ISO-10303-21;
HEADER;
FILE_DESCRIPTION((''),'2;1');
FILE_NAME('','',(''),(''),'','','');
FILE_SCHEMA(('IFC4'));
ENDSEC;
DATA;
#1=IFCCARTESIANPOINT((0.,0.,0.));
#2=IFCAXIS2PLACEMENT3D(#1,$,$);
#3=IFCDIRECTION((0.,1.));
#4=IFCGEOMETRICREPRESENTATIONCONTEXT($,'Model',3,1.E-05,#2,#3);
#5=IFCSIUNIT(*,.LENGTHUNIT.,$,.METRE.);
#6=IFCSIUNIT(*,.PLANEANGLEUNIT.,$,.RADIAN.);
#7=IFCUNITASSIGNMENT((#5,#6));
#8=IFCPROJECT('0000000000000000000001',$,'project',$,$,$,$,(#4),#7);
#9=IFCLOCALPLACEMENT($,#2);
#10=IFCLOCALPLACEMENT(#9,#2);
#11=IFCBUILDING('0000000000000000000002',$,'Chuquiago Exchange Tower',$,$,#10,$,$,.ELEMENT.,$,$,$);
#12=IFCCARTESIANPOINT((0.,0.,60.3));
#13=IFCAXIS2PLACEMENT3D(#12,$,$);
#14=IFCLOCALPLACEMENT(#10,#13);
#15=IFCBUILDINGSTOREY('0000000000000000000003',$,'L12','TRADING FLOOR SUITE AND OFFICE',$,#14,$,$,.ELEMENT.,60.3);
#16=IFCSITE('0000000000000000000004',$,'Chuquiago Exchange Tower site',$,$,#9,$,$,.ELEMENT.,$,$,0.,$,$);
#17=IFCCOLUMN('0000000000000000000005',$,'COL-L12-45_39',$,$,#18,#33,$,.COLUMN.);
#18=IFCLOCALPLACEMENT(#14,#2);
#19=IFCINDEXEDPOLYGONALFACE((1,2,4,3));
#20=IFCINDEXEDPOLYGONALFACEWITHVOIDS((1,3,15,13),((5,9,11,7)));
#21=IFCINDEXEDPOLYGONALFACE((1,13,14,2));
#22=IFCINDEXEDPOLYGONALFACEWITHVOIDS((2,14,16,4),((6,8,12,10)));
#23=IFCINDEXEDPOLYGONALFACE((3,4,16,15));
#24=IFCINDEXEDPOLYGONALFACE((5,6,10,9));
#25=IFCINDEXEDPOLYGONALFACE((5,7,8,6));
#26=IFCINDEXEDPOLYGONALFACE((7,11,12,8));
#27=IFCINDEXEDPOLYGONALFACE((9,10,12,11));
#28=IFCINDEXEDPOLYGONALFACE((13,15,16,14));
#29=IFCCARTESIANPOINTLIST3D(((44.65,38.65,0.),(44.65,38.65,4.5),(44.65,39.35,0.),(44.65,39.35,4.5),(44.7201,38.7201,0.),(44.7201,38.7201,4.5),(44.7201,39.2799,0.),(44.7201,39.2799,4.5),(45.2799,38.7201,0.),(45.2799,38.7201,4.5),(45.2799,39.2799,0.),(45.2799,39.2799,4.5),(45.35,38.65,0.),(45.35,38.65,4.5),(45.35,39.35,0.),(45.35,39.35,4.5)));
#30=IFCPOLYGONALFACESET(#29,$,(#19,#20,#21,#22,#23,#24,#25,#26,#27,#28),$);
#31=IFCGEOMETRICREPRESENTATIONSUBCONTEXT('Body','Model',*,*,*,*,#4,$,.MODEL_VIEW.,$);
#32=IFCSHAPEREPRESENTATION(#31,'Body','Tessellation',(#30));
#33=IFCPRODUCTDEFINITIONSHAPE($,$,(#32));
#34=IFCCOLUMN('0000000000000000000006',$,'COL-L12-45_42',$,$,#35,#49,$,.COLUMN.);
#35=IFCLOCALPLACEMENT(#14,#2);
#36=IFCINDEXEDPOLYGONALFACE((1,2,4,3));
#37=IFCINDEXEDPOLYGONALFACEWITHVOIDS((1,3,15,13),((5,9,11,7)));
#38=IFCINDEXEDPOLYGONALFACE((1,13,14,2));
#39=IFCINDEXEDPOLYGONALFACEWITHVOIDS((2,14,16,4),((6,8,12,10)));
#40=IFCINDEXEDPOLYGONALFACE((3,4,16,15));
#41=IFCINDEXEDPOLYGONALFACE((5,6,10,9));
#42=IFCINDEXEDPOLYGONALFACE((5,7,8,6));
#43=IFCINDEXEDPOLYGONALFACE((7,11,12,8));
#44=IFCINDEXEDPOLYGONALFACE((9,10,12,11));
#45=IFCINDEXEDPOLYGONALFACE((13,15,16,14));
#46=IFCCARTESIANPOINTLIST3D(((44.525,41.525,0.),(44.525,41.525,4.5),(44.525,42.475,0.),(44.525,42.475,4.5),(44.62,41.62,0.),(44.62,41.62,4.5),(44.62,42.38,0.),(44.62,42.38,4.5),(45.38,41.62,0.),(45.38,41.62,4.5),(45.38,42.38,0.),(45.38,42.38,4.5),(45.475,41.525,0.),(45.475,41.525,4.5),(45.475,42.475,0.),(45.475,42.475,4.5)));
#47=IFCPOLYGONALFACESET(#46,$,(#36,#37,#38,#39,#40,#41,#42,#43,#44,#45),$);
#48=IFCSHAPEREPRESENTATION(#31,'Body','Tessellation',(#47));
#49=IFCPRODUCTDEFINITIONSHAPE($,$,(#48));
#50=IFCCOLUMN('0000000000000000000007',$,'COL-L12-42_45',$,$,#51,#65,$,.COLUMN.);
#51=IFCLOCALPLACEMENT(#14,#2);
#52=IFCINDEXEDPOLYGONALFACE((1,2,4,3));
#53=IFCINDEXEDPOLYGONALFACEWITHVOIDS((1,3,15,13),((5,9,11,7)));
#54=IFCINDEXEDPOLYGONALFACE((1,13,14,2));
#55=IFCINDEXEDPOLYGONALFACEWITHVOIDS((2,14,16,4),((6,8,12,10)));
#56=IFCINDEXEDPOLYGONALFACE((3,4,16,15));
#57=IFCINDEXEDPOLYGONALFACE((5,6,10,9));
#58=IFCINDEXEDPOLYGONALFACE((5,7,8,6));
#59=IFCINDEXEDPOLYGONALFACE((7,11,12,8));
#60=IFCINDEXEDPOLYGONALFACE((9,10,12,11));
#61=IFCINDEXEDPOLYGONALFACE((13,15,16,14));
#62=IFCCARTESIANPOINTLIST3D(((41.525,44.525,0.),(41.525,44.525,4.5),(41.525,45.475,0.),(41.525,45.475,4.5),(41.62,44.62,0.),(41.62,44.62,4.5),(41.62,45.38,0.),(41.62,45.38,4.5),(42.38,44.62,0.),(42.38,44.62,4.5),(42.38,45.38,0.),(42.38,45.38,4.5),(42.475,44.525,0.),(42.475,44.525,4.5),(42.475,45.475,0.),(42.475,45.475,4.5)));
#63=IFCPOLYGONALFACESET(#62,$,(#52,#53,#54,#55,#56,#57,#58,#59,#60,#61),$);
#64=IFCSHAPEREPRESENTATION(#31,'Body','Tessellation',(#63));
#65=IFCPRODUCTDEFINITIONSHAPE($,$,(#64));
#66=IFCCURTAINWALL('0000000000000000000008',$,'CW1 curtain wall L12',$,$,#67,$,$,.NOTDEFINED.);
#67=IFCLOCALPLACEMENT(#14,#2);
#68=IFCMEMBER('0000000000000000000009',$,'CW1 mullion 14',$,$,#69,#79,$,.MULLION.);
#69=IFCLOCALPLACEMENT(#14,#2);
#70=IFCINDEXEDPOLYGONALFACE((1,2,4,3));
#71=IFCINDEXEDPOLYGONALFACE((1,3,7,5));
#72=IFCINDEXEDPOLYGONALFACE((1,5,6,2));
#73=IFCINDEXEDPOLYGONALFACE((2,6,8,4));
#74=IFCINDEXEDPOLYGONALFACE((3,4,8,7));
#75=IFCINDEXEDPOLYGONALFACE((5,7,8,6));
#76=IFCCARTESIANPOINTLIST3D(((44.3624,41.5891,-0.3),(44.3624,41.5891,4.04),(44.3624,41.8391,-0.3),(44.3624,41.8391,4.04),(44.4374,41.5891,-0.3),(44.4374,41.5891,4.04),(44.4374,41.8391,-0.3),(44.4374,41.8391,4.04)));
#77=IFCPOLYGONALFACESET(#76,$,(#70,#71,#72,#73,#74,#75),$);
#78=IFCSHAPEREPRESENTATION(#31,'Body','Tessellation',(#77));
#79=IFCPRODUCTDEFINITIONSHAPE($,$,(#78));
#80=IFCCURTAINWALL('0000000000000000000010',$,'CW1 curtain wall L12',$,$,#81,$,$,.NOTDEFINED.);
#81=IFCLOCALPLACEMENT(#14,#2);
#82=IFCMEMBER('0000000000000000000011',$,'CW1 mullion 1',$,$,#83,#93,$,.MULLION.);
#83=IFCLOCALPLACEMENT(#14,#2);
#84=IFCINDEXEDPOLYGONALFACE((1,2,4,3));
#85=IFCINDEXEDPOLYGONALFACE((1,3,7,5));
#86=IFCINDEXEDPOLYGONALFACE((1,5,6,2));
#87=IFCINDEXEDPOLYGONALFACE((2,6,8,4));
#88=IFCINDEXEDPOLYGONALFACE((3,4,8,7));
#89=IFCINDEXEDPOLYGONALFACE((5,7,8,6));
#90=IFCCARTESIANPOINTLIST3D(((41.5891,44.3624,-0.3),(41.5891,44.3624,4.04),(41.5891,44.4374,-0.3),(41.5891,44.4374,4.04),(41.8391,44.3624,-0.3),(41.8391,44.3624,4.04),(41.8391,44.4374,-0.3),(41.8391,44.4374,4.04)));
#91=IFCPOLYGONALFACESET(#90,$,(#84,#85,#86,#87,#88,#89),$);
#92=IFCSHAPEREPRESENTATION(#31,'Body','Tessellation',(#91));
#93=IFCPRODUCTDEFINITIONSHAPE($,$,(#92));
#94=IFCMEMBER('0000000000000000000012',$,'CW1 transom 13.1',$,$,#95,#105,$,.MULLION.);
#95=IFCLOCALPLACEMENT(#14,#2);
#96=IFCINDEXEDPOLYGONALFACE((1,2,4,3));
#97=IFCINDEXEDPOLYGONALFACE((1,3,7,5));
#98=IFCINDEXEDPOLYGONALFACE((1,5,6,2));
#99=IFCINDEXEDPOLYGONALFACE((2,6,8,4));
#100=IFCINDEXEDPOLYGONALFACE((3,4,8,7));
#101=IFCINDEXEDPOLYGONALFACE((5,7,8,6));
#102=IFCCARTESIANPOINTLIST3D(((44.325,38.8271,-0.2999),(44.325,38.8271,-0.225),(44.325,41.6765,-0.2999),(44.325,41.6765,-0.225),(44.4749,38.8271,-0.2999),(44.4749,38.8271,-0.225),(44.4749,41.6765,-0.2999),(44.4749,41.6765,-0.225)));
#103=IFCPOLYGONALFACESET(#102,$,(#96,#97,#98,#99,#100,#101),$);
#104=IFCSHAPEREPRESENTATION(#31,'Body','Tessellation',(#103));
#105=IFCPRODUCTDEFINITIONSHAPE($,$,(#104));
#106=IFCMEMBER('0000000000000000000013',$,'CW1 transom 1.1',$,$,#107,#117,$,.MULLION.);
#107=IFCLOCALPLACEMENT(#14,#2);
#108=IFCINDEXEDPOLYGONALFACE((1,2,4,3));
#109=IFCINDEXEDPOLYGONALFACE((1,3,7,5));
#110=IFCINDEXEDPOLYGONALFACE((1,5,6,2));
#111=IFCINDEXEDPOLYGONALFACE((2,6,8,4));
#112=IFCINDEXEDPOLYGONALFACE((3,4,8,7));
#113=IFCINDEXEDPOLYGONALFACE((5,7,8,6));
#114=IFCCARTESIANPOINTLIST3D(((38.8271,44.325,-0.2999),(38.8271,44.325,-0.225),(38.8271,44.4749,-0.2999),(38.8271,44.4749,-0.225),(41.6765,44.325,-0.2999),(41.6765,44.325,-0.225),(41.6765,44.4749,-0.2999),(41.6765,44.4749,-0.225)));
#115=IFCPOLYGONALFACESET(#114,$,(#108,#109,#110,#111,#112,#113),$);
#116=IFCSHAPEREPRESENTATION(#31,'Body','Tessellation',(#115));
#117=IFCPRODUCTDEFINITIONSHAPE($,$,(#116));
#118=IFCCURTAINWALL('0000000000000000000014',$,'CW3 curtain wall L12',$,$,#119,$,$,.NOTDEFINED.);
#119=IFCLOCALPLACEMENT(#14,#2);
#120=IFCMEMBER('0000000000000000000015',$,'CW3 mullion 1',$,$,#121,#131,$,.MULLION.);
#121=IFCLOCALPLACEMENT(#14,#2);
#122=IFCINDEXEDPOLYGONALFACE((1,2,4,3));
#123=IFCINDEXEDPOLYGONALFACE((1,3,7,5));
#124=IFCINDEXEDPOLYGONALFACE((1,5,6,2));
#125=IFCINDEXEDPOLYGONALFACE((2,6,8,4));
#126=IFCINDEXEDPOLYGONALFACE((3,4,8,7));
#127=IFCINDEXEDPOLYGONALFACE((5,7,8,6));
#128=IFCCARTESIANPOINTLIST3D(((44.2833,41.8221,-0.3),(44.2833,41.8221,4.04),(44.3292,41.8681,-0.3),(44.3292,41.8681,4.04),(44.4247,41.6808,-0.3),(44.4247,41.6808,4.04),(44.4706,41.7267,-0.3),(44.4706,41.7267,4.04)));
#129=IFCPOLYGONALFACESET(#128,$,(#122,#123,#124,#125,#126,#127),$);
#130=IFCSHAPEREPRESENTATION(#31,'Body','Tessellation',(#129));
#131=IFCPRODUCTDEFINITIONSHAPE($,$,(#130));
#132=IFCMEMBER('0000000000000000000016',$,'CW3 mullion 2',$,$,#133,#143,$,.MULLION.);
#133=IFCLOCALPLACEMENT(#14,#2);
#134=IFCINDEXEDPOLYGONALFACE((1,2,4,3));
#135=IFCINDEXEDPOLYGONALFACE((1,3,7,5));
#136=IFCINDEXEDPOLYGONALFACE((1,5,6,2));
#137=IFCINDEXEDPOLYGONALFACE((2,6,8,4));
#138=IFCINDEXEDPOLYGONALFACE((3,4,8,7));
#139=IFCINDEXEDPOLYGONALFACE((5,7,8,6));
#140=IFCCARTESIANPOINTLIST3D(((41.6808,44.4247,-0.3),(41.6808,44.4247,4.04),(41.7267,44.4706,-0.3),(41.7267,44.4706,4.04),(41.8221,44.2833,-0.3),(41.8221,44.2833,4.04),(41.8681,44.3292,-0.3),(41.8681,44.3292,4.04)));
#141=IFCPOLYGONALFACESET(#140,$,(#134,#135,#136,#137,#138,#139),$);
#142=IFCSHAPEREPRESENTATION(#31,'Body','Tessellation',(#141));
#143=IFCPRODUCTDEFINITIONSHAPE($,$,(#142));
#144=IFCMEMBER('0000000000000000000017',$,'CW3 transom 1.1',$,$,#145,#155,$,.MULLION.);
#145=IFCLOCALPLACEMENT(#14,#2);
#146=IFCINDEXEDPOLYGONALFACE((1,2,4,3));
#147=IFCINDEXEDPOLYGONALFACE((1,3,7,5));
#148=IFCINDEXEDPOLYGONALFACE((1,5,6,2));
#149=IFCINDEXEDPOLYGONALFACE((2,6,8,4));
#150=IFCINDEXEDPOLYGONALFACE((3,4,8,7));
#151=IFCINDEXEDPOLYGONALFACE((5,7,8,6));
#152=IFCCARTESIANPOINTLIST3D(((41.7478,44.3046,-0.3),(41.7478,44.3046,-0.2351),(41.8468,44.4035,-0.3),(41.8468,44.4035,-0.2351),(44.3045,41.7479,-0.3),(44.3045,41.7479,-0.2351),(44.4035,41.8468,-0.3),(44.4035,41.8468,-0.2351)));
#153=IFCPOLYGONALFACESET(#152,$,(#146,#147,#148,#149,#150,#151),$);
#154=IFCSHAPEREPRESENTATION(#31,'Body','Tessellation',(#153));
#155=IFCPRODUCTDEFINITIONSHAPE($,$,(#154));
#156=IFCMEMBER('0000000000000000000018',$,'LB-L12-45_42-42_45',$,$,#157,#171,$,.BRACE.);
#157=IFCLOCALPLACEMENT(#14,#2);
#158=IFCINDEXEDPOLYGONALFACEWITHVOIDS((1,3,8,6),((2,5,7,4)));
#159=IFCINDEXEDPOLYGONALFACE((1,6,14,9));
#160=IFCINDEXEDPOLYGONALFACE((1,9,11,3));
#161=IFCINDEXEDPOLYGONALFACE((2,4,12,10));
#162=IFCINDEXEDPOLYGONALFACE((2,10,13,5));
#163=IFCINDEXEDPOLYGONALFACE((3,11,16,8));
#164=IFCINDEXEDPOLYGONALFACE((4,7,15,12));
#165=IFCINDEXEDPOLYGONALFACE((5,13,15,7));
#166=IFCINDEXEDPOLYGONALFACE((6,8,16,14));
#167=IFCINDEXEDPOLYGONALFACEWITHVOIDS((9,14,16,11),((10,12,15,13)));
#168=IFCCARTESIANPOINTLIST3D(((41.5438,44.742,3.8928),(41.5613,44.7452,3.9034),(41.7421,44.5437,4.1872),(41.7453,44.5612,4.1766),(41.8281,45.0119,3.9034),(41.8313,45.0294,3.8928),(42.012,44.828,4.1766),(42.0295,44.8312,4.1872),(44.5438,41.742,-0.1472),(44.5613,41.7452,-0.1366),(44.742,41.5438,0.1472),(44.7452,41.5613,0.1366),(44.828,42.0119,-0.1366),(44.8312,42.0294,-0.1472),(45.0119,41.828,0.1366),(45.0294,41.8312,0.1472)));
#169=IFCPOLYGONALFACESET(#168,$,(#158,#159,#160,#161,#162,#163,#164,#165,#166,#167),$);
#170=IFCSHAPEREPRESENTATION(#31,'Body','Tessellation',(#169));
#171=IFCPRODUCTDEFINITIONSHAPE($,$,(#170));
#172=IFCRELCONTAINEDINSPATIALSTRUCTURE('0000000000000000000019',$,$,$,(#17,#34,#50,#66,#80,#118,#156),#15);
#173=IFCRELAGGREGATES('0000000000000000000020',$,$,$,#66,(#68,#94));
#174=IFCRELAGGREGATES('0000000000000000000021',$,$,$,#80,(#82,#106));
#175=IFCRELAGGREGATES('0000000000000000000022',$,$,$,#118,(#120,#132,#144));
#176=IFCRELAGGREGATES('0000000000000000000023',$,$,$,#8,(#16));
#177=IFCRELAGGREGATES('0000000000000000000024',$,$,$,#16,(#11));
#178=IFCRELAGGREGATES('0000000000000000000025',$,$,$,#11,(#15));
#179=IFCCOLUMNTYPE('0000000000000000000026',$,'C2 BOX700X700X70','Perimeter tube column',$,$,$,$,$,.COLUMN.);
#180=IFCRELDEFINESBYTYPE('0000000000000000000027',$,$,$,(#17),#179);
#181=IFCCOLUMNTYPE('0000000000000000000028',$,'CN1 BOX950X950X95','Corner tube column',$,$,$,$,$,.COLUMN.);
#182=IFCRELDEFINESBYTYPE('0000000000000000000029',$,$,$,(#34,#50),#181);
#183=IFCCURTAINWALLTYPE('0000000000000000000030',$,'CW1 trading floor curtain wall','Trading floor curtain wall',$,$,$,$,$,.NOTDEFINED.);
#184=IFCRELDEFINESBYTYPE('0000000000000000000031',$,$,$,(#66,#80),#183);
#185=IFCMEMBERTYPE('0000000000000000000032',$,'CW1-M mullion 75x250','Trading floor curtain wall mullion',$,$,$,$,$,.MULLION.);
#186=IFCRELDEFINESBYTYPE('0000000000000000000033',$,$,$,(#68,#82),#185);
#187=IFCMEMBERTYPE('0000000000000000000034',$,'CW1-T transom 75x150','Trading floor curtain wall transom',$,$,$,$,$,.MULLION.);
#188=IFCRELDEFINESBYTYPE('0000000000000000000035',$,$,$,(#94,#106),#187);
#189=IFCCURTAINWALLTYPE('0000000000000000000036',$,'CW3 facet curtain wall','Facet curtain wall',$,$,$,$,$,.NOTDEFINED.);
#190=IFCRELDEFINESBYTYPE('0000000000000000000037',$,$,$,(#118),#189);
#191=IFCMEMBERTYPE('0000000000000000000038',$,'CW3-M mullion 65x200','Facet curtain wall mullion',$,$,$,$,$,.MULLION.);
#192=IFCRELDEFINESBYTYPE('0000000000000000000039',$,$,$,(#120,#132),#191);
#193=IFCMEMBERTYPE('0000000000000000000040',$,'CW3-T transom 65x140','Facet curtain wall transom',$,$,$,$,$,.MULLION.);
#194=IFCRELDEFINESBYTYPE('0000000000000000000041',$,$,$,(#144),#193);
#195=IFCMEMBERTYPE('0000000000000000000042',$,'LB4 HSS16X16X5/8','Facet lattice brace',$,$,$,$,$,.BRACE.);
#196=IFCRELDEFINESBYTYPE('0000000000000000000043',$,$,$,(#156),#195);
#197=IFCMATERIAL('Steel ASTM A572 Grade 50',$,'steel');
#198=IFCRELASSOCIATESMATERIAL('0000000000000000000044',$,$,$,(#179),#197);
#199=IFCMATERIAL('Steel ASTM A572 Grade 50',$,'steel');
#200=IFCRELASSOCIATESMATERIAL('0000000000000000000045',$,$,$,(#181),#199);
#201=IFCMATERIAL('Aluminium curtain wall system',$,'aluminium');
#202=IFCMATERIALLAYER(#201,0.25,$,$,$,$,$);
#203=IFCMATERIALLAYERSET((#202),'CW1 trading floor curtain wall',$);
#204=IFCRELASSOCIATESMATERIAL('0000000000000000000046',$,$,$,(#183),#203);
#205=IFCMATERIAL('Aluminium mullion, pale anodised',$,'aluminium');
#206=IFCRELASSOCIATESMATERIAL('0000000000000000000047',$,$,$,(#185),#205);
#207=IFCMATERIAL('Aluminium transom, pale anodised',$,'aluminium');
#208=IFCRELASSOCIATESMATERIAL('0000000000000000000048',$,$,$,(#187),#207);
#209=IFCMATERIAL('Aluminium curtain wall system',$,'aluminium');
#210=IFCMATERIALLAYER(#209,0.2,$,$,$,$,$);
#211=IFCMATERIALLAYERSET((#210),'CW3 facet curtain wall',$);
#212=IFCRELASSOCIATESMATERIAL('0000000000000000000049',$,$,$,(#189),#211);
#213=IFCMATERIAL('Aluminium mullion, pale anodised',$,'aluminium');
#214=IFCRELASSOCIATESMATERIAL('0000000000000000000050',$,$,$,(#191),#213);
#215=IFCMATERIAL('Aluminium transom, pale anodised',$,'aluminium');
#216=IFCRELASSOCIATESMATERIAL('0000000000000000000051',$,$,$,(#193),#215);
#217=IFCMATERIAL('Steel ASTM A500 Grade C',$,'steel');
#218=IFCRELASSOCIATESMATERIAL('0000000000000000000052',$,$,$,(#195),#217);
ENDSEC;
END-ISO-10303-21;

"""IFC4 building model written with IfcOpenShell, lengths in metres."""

from ifc_helpers import new_model, si_unit, direction, frame, origin, origin_2d, place, context, subcontext, project, spatial, rectangle, hollow_rectangle, extrude, material, layer, layer_set, material_profile, profile_set, type_object, element, aggregate, save


model = new_model("IFC4")

# Units and contexts
model_context = context("Model", 3, precision=1e-05, world=origin(), true_north=direction((0.0, 1.0)))
body_context = subcontext(model_context, "Body", "Model", "MODEL_VIEW")
ifc_project = project(units=[si_unit("LENGTHUNIT", "METRE"), si_unit("PLANEANGLEUNIT", "RADIAN")], contexts=[model_context])

# Site, building, storey
site_placement = place(None, origin())
site = spatial("IfcSite", under=ifc_project, at=site_placement, Name="Chuquiago Exchange Tower site", CompositionType="ELEMENT", RefElevation=0.0)
building_placement = place(site_placement, origin())
building = spatial("IfcBuilding", under=site, at=building_placement, Name="Chuquiago Exchange Tower", CompositionType="ELEMENT")
storey_placement = place(building_placement, frame((0.0, 0.0, 60.3)))
storey = spatial("IfcBuildingStorey", under=building, at=storey_placement, Name="L12", Description="TRADING FLOOR SUITE AND OFFICE", CompositionType="ELEMENT", Elevation=60.3)

# Columns
ifc_material_1 = material(Name="Steel ASTM A572 Grade 50", Category="steel")
ifc_material_profile_1 = material_profile(ifc_material_1, hollow_rectangle(XDim=0.7, YDim=0.7, WallThickness=0.0701, at=origin_2d()), Name="BOX700X700X70")
ifc_profile_set_1 = profile_set([ifc_material_profile_1], Name="Steel ASTM A572 Grade 50")
column_type_1 = type_object("IfcColumnType", Name="C2 BOX700X700X70", Description="Perimeter tube column", PredefinedType="COLUMN", material=ifc_profile_set_1)
column_placement = place(storey_placement, frame((45.0, 39.0, 0.0), z_axis=(0.0, 0.0, 1.0), x_axis=(1.0, 0.0, 0.0)))
element("IfcColumn", 1, at=column_placement, inside=storey, type_object=column_type_1, Name="COL-L12-45_39", PredefinedType="COLUMN", context=body_context, shape_type="SweptSolid", body=[
    extrude(hollow_rectangle(XDim=0.7, YDim=0.7, WallThickness=0.0701, at=origin_2d()), origin(), (0.0, 0.0, 1.0), 4.5),
])
ifc_material_2 = material(Name="Steel ASTM A572 Grade 50", Category="steel")
ifc_material_profile_2 = material_profile(ifc_material_2, hollow_rectangle(XDim=0.95, YDim=0.95, WallThickness=0.095, at=origin_2d()), Name="BOX950X950X95")
ifc_profile_set_2 = profile_set([ifc_material_profile_2], Name="Steel ASTM A572 Grade 50")
column_type_2 = type_object("IfcColumnType", Name="CN1 BOX950X950X95", Description="Corner tube column", PredefinedType="COLUMN", material=ifc_profile_set_2)
for number, where, z_axis, x_axis, name in (
    (2, (45.0, 42.0, 0.0), (0.0, 0.0, 1.0), (1.0, 0.0, 0.0), "COL-L12-45_42"),
    (3, (42.0, 45.0, 0.0), (0.0, 0.0, 1.0), (0.0, 1.0, 0.0), "COL-L12-42_45"),
):
    element("IfcColumn", number, at=place(storey_placement, frame(where, z_axis=z_axis, x_axis=x_axis)), inside=storey, type_object=column_type_2, Name=name, PredefinedType="COLUMN", context=body_context, shape_type="SweptSolid", body=[
        extrude(hollow_rectangle(XDim=0.95, YDim=0.95, WallThickness=0.095, at=origin_2d()), origin(), (0.0, 0.0, 1.0), 4.5),
    ])

# Curtain walls, members
ifc_material_3 = material(Name="Aluminium curtain wall system", Category="aluminium")
ifc_layer_1 = layer(ifc_material_3, 0.25)
ifc_layer_set_1 = layer_set([ifc_layer_1], Name="CW1 trading floor curtain wall")
curtain_wall_type_1 = type_object("IfcCurtainWallType", Name="CW1 trading floor curtain wall", Description="Trading floor curtain wall", PredefinedType="NOTDEFINED", material=ifc_layer_set_1)
curtain_wall_1_placement = place(storey_placement, origin())
curtain_wall_1 = element("IfcCurtainWall", 4, at=curtain_wall_1_placement, inside=storey, type_object=curtain_wall_type_1, Name="CW1 curtain wall L12", PredefinedType="NOTDEFINED")
ifc_material_4 = material(Name="Aluminium mullion, pale anodised", Category="aluminium")
ifc_material_profile_3 = material_profile(ifc_material_4, rectangle(XDim=0.075, YDim=0.25, at=origin_2d()), Name="AL 75x250")
ifc_profile_set_3 = profile_set([ifc_material_profile_3], Name="Aluminium mullion, pale anodised")
member_type_1 = type_object("IfcMemberType", Name="CW1-M mullion 75x250", Description="Trading floor curtain wall mullion", PredefinedType="MULLION", material=ifc_profile_set_3)
member_1_placement = place(storey_placement, frame((44.3999, 41.7141, -0.3), z_axis=(0.0, 0.0, 1.0), x_axis=(-1.0, 0.0, 0.0)))
member_1 = element("IfcMember", 5, at=member_1_placement, type_object=member_type_1, Name="CW1 mullion 14", PredefinedType="MULLION", context=body_context, shape_type="SweptSolid", body=[
    extrude(rectangle(XDim=0.075, YDim=0.25, at=origin_2d()), origin(), (0.0, 0.0, 1.0), 4.3401),
])
curtain_wall_2_placement = place(storey_placement, origin())
curtain_wall_2 = element("IfcCurtainWall", 6, at=curtain_wall_2_placement, inside=storey, type_object=curtain_wall_type_1, Name="CW1 curtain wall L12", PredefinedType="NOTDEFINED")
member_2_placement = place(storey_placement, frame((41.7141, 44.3999, -0.3), z_axis=(0.0, 0.0, 1.0), x_axis=(0.0, -1.0, 0.0)))
member_2 = element("IfcMember", 7, at=member_2_placement, type_object=member_type_1, Name="CW1 mullion 1", PredefinedType="MULLION", context=body_context, shape_type="SweptSolid", body=[
    extrude(rectangle(XDim=0.075, YDim=0.25, at=origin_2d()), origin(), (0.0, 0.0, 1.0), 4.3401),
])

# Members
ifc_material_5 = material(Name="Aluminium transom, pale anodised", Category="aluminium")
ifc_material_profile_4 = material_profile(ifc_material_5, rectangle(XDim=0.1499, YDim=0.075, at=origin_2d()), Name="AL 150x75")
ifc_profile_set_4 = profile_set([ifc_material_profile_4], Name="Aluminium transom, pale anodised")
member_type_2 = type_object("IfcMemberType", Name="CW1-T transom 75x150", Description="Trading floor curtain wall transom", PredefinedType="MULLION", material=ifc_profile_set_4)
member_3_placement = place(storey_placement, frame((44.3999, 38.8271, -0.2625), z_axis=(0.0, 1.0, 0.0), x_axis=(-1.0, 0.0, 0.0)))
member_3 = element("IfcMember", 8, at=member_3_placement, type_object=member_type_2, Name="CW1 transom 13.1", PredefinedType="MULLION", context=body_context, shape_type="SweptSolid", body=[
    extrude(rectangle(XDim=0.1499, YDim=0.075, at=origin_2d()), origin(), (0.0, 0.0, 1.0), 2.8494),
])
member_4_placement = place(storey_placement, frame((41.6765, 44.3999, -0.2625), z_axis=(-1.0, 0.0, 0.0), x_axis=(0.0, -1.0, 0.0)))
member_4 = element("IfcMember", 9, at=member_4_placement, type_object=member_type_2, Name="CW1 transom 1.1", PredefinedType="MULLION", context=body_context, shape_type="SweptSolid", body=[
    extrude(rectangle(XDim=0.1499, YDim=0.075, at=origin_2d()), origin(), (0.0, 0.0, 1.0), 2.8494),
])

# Curtain wall, members
ifc_material_6 = material(Name="Aluminium curtain wall system", Category="aluminium")
ifc_layer_2 = layer(ifc_material_6, 0.2)
ifc_layer_set_2 = layer_set([ifc_layer_2], Name="CW3 facet curtain wall")
curtain_wall_type_2 = type_object("IfcCurtainWallType", Name="CW3 facet curtain wall", Description="Facet curtain wall", PredefinedType="NOTDEFINED", material=ifc_layer_set_2)
curtain_wall_3_placement = place(storey_placement, origin())
curtain_wall_3 = element("IfcCurtainWall", 10, at=curtain_wall_3_placement, inside=storey, type_object=curtain_wall_type_2, Name="CW3 curtain wall L12", PredefinedType="NOTDEFINED")
ifc_material_7 = material(Name="Aluminium mullion, pale anodised", Category="aluminium")
ifc_material_profile_5 = material_profile(ifc_material_7, rectangle(XDim=0.0649, YDim=0.2, at=origin_2d()), Name="AL 65x200")
ifc_profile_set_5 = profile_set([ifc_material_profile_5], Name="Aluminium mullion, pale anodised")
member_type_3 = type_object("IfcMemberType", Name="CW3-M mullion 65x200", Description="Facet curtain wall mullion", PredefinedType="MULLION", material=ifc_profile_set_5)
member_5_placement = place(storey_placement, frame((44.377, 41.7744, -0.3), z_axis=(0.0, 0.0, 1.0), x_axis=(-0.707107, -0.707107, 0.0)))
member_5 = element("IfcMember", 11, at=member_5_placement, type_object=member_type_3, Name="CW3 mullion 1", PredefinedType="MULLION", context=body_context, shape_type="SweptSolid", body=[
    extrude(rectangle(XDim=0.0649, YDim=0.2, at=origin_2d()), origin(), (0.0, 0.0, 1.0), 4.3401),
])
member_6_placement = place(storey_placement, frame((41.7744, 44.377, -0.3), z_axis=(0.0, 0.0, 1.0), x_axis=(-0.707107, -0.707107, 0.0)))
member_6 = element("IfcMember", 12, at=member_6_placement, type_object=member_type_3, Name="CW3 mullion 2", PredefinedType="MULLION", context=body_context, shape_type="SweptSolid", body=[
    extrude(rectangle(XDim=0.0649, YDim=0.2, at=origin_2d()), origin(), (0.0, 0.0, 1.0), 4.3401),
])
ifc_material_8 = material(Name="Aluminium transom, pale anodised", Category="aluminium")
ifc_material_profile_6 = material_profile(ifc_material_8, rectangle(XDim=0.1399, YDim=0.0649, at=origin_2d()), Name="AL 140x65")
ifc_profile_set_6 = profile_set([ifc_material_profile_6], Name="Aluminium transom, pale anodised")
member_type_4 = type_object("IfcMemberType", Name="CW3-T transom 65x140", Description="Facet curtain wall transom", PredefinedType="MULLION", material=ifc_profile_set_6)
member_7_placement = place(storey_placement, frame((44.354, 41.7974, -0.2676), z_axis=(-0.707107, 0.707107, 0.0), x_axis=(-0.707107, -0.707107, 0.0)))
member_7 = element("IfcMember", 13, at=member_7_placement, type_object=member_type_4, Name="CW3 transom 1.1", PredefinedType="MULLION", context=body_context, shape_type="SweptSolid", body=[
    extrude(rectangle(XDim=0.1399, YDim=0.0649, at=origin_2d()), origin(), (0.0, 0.0, 1.0), 3.6157),
])

# Member
ifc_material_9 = material(Name="Steel ASTM A500 Grade C", Category="steel")
ifc_material_profile_7 = material_profile(ifc_material_9, hollow_rectangle(XDim=0.4065, YDim=0.4065, WallThickness=0.0146, at=origin_2d()), Name="HSS16X16X5/8")
ifc_profile_set_7 = profile_set([ifc_material_profile_7], Name="Steel ASTM A500 Grade C")
member_type_5 = type_object("IfcMemberType", Name="LB4 HSS16X16X5/8", Description="Facet lattice brace", PredefinedType="BRACE", material=ifc_profile_set_7)
member_8_placement = place(storey_placement, frame((44.7866, 41.7866, 0.0), z_axis=(-0.512077, 0.512077, 0.689604), x_axis=(-0.707107, -0.707107, 0.0)))
element("IfcMember", 14, at=member_8_placement, inside=storey, type_object=member_type_5, Name="LB-L12-45_42-42_45", PredefinedType="BRACE", context=body_context, shape_type="SweptSolid", body=[
    extrude(hollow_rectangle(XDim=0.4065, YDim=0.4065, WallThickness=0.0146, at=origin_2d()), origin(), (0.0, 0.0, 1.0), 5.8584),
])

aggregate(curtain_wall_1, [member_1, member_3])
aggregate(curtain_wall_2, [member_2, member_4])
aggregate(curtain_wall_3, [member_5, member_6, member_7])

save(model, "model.ifc")
